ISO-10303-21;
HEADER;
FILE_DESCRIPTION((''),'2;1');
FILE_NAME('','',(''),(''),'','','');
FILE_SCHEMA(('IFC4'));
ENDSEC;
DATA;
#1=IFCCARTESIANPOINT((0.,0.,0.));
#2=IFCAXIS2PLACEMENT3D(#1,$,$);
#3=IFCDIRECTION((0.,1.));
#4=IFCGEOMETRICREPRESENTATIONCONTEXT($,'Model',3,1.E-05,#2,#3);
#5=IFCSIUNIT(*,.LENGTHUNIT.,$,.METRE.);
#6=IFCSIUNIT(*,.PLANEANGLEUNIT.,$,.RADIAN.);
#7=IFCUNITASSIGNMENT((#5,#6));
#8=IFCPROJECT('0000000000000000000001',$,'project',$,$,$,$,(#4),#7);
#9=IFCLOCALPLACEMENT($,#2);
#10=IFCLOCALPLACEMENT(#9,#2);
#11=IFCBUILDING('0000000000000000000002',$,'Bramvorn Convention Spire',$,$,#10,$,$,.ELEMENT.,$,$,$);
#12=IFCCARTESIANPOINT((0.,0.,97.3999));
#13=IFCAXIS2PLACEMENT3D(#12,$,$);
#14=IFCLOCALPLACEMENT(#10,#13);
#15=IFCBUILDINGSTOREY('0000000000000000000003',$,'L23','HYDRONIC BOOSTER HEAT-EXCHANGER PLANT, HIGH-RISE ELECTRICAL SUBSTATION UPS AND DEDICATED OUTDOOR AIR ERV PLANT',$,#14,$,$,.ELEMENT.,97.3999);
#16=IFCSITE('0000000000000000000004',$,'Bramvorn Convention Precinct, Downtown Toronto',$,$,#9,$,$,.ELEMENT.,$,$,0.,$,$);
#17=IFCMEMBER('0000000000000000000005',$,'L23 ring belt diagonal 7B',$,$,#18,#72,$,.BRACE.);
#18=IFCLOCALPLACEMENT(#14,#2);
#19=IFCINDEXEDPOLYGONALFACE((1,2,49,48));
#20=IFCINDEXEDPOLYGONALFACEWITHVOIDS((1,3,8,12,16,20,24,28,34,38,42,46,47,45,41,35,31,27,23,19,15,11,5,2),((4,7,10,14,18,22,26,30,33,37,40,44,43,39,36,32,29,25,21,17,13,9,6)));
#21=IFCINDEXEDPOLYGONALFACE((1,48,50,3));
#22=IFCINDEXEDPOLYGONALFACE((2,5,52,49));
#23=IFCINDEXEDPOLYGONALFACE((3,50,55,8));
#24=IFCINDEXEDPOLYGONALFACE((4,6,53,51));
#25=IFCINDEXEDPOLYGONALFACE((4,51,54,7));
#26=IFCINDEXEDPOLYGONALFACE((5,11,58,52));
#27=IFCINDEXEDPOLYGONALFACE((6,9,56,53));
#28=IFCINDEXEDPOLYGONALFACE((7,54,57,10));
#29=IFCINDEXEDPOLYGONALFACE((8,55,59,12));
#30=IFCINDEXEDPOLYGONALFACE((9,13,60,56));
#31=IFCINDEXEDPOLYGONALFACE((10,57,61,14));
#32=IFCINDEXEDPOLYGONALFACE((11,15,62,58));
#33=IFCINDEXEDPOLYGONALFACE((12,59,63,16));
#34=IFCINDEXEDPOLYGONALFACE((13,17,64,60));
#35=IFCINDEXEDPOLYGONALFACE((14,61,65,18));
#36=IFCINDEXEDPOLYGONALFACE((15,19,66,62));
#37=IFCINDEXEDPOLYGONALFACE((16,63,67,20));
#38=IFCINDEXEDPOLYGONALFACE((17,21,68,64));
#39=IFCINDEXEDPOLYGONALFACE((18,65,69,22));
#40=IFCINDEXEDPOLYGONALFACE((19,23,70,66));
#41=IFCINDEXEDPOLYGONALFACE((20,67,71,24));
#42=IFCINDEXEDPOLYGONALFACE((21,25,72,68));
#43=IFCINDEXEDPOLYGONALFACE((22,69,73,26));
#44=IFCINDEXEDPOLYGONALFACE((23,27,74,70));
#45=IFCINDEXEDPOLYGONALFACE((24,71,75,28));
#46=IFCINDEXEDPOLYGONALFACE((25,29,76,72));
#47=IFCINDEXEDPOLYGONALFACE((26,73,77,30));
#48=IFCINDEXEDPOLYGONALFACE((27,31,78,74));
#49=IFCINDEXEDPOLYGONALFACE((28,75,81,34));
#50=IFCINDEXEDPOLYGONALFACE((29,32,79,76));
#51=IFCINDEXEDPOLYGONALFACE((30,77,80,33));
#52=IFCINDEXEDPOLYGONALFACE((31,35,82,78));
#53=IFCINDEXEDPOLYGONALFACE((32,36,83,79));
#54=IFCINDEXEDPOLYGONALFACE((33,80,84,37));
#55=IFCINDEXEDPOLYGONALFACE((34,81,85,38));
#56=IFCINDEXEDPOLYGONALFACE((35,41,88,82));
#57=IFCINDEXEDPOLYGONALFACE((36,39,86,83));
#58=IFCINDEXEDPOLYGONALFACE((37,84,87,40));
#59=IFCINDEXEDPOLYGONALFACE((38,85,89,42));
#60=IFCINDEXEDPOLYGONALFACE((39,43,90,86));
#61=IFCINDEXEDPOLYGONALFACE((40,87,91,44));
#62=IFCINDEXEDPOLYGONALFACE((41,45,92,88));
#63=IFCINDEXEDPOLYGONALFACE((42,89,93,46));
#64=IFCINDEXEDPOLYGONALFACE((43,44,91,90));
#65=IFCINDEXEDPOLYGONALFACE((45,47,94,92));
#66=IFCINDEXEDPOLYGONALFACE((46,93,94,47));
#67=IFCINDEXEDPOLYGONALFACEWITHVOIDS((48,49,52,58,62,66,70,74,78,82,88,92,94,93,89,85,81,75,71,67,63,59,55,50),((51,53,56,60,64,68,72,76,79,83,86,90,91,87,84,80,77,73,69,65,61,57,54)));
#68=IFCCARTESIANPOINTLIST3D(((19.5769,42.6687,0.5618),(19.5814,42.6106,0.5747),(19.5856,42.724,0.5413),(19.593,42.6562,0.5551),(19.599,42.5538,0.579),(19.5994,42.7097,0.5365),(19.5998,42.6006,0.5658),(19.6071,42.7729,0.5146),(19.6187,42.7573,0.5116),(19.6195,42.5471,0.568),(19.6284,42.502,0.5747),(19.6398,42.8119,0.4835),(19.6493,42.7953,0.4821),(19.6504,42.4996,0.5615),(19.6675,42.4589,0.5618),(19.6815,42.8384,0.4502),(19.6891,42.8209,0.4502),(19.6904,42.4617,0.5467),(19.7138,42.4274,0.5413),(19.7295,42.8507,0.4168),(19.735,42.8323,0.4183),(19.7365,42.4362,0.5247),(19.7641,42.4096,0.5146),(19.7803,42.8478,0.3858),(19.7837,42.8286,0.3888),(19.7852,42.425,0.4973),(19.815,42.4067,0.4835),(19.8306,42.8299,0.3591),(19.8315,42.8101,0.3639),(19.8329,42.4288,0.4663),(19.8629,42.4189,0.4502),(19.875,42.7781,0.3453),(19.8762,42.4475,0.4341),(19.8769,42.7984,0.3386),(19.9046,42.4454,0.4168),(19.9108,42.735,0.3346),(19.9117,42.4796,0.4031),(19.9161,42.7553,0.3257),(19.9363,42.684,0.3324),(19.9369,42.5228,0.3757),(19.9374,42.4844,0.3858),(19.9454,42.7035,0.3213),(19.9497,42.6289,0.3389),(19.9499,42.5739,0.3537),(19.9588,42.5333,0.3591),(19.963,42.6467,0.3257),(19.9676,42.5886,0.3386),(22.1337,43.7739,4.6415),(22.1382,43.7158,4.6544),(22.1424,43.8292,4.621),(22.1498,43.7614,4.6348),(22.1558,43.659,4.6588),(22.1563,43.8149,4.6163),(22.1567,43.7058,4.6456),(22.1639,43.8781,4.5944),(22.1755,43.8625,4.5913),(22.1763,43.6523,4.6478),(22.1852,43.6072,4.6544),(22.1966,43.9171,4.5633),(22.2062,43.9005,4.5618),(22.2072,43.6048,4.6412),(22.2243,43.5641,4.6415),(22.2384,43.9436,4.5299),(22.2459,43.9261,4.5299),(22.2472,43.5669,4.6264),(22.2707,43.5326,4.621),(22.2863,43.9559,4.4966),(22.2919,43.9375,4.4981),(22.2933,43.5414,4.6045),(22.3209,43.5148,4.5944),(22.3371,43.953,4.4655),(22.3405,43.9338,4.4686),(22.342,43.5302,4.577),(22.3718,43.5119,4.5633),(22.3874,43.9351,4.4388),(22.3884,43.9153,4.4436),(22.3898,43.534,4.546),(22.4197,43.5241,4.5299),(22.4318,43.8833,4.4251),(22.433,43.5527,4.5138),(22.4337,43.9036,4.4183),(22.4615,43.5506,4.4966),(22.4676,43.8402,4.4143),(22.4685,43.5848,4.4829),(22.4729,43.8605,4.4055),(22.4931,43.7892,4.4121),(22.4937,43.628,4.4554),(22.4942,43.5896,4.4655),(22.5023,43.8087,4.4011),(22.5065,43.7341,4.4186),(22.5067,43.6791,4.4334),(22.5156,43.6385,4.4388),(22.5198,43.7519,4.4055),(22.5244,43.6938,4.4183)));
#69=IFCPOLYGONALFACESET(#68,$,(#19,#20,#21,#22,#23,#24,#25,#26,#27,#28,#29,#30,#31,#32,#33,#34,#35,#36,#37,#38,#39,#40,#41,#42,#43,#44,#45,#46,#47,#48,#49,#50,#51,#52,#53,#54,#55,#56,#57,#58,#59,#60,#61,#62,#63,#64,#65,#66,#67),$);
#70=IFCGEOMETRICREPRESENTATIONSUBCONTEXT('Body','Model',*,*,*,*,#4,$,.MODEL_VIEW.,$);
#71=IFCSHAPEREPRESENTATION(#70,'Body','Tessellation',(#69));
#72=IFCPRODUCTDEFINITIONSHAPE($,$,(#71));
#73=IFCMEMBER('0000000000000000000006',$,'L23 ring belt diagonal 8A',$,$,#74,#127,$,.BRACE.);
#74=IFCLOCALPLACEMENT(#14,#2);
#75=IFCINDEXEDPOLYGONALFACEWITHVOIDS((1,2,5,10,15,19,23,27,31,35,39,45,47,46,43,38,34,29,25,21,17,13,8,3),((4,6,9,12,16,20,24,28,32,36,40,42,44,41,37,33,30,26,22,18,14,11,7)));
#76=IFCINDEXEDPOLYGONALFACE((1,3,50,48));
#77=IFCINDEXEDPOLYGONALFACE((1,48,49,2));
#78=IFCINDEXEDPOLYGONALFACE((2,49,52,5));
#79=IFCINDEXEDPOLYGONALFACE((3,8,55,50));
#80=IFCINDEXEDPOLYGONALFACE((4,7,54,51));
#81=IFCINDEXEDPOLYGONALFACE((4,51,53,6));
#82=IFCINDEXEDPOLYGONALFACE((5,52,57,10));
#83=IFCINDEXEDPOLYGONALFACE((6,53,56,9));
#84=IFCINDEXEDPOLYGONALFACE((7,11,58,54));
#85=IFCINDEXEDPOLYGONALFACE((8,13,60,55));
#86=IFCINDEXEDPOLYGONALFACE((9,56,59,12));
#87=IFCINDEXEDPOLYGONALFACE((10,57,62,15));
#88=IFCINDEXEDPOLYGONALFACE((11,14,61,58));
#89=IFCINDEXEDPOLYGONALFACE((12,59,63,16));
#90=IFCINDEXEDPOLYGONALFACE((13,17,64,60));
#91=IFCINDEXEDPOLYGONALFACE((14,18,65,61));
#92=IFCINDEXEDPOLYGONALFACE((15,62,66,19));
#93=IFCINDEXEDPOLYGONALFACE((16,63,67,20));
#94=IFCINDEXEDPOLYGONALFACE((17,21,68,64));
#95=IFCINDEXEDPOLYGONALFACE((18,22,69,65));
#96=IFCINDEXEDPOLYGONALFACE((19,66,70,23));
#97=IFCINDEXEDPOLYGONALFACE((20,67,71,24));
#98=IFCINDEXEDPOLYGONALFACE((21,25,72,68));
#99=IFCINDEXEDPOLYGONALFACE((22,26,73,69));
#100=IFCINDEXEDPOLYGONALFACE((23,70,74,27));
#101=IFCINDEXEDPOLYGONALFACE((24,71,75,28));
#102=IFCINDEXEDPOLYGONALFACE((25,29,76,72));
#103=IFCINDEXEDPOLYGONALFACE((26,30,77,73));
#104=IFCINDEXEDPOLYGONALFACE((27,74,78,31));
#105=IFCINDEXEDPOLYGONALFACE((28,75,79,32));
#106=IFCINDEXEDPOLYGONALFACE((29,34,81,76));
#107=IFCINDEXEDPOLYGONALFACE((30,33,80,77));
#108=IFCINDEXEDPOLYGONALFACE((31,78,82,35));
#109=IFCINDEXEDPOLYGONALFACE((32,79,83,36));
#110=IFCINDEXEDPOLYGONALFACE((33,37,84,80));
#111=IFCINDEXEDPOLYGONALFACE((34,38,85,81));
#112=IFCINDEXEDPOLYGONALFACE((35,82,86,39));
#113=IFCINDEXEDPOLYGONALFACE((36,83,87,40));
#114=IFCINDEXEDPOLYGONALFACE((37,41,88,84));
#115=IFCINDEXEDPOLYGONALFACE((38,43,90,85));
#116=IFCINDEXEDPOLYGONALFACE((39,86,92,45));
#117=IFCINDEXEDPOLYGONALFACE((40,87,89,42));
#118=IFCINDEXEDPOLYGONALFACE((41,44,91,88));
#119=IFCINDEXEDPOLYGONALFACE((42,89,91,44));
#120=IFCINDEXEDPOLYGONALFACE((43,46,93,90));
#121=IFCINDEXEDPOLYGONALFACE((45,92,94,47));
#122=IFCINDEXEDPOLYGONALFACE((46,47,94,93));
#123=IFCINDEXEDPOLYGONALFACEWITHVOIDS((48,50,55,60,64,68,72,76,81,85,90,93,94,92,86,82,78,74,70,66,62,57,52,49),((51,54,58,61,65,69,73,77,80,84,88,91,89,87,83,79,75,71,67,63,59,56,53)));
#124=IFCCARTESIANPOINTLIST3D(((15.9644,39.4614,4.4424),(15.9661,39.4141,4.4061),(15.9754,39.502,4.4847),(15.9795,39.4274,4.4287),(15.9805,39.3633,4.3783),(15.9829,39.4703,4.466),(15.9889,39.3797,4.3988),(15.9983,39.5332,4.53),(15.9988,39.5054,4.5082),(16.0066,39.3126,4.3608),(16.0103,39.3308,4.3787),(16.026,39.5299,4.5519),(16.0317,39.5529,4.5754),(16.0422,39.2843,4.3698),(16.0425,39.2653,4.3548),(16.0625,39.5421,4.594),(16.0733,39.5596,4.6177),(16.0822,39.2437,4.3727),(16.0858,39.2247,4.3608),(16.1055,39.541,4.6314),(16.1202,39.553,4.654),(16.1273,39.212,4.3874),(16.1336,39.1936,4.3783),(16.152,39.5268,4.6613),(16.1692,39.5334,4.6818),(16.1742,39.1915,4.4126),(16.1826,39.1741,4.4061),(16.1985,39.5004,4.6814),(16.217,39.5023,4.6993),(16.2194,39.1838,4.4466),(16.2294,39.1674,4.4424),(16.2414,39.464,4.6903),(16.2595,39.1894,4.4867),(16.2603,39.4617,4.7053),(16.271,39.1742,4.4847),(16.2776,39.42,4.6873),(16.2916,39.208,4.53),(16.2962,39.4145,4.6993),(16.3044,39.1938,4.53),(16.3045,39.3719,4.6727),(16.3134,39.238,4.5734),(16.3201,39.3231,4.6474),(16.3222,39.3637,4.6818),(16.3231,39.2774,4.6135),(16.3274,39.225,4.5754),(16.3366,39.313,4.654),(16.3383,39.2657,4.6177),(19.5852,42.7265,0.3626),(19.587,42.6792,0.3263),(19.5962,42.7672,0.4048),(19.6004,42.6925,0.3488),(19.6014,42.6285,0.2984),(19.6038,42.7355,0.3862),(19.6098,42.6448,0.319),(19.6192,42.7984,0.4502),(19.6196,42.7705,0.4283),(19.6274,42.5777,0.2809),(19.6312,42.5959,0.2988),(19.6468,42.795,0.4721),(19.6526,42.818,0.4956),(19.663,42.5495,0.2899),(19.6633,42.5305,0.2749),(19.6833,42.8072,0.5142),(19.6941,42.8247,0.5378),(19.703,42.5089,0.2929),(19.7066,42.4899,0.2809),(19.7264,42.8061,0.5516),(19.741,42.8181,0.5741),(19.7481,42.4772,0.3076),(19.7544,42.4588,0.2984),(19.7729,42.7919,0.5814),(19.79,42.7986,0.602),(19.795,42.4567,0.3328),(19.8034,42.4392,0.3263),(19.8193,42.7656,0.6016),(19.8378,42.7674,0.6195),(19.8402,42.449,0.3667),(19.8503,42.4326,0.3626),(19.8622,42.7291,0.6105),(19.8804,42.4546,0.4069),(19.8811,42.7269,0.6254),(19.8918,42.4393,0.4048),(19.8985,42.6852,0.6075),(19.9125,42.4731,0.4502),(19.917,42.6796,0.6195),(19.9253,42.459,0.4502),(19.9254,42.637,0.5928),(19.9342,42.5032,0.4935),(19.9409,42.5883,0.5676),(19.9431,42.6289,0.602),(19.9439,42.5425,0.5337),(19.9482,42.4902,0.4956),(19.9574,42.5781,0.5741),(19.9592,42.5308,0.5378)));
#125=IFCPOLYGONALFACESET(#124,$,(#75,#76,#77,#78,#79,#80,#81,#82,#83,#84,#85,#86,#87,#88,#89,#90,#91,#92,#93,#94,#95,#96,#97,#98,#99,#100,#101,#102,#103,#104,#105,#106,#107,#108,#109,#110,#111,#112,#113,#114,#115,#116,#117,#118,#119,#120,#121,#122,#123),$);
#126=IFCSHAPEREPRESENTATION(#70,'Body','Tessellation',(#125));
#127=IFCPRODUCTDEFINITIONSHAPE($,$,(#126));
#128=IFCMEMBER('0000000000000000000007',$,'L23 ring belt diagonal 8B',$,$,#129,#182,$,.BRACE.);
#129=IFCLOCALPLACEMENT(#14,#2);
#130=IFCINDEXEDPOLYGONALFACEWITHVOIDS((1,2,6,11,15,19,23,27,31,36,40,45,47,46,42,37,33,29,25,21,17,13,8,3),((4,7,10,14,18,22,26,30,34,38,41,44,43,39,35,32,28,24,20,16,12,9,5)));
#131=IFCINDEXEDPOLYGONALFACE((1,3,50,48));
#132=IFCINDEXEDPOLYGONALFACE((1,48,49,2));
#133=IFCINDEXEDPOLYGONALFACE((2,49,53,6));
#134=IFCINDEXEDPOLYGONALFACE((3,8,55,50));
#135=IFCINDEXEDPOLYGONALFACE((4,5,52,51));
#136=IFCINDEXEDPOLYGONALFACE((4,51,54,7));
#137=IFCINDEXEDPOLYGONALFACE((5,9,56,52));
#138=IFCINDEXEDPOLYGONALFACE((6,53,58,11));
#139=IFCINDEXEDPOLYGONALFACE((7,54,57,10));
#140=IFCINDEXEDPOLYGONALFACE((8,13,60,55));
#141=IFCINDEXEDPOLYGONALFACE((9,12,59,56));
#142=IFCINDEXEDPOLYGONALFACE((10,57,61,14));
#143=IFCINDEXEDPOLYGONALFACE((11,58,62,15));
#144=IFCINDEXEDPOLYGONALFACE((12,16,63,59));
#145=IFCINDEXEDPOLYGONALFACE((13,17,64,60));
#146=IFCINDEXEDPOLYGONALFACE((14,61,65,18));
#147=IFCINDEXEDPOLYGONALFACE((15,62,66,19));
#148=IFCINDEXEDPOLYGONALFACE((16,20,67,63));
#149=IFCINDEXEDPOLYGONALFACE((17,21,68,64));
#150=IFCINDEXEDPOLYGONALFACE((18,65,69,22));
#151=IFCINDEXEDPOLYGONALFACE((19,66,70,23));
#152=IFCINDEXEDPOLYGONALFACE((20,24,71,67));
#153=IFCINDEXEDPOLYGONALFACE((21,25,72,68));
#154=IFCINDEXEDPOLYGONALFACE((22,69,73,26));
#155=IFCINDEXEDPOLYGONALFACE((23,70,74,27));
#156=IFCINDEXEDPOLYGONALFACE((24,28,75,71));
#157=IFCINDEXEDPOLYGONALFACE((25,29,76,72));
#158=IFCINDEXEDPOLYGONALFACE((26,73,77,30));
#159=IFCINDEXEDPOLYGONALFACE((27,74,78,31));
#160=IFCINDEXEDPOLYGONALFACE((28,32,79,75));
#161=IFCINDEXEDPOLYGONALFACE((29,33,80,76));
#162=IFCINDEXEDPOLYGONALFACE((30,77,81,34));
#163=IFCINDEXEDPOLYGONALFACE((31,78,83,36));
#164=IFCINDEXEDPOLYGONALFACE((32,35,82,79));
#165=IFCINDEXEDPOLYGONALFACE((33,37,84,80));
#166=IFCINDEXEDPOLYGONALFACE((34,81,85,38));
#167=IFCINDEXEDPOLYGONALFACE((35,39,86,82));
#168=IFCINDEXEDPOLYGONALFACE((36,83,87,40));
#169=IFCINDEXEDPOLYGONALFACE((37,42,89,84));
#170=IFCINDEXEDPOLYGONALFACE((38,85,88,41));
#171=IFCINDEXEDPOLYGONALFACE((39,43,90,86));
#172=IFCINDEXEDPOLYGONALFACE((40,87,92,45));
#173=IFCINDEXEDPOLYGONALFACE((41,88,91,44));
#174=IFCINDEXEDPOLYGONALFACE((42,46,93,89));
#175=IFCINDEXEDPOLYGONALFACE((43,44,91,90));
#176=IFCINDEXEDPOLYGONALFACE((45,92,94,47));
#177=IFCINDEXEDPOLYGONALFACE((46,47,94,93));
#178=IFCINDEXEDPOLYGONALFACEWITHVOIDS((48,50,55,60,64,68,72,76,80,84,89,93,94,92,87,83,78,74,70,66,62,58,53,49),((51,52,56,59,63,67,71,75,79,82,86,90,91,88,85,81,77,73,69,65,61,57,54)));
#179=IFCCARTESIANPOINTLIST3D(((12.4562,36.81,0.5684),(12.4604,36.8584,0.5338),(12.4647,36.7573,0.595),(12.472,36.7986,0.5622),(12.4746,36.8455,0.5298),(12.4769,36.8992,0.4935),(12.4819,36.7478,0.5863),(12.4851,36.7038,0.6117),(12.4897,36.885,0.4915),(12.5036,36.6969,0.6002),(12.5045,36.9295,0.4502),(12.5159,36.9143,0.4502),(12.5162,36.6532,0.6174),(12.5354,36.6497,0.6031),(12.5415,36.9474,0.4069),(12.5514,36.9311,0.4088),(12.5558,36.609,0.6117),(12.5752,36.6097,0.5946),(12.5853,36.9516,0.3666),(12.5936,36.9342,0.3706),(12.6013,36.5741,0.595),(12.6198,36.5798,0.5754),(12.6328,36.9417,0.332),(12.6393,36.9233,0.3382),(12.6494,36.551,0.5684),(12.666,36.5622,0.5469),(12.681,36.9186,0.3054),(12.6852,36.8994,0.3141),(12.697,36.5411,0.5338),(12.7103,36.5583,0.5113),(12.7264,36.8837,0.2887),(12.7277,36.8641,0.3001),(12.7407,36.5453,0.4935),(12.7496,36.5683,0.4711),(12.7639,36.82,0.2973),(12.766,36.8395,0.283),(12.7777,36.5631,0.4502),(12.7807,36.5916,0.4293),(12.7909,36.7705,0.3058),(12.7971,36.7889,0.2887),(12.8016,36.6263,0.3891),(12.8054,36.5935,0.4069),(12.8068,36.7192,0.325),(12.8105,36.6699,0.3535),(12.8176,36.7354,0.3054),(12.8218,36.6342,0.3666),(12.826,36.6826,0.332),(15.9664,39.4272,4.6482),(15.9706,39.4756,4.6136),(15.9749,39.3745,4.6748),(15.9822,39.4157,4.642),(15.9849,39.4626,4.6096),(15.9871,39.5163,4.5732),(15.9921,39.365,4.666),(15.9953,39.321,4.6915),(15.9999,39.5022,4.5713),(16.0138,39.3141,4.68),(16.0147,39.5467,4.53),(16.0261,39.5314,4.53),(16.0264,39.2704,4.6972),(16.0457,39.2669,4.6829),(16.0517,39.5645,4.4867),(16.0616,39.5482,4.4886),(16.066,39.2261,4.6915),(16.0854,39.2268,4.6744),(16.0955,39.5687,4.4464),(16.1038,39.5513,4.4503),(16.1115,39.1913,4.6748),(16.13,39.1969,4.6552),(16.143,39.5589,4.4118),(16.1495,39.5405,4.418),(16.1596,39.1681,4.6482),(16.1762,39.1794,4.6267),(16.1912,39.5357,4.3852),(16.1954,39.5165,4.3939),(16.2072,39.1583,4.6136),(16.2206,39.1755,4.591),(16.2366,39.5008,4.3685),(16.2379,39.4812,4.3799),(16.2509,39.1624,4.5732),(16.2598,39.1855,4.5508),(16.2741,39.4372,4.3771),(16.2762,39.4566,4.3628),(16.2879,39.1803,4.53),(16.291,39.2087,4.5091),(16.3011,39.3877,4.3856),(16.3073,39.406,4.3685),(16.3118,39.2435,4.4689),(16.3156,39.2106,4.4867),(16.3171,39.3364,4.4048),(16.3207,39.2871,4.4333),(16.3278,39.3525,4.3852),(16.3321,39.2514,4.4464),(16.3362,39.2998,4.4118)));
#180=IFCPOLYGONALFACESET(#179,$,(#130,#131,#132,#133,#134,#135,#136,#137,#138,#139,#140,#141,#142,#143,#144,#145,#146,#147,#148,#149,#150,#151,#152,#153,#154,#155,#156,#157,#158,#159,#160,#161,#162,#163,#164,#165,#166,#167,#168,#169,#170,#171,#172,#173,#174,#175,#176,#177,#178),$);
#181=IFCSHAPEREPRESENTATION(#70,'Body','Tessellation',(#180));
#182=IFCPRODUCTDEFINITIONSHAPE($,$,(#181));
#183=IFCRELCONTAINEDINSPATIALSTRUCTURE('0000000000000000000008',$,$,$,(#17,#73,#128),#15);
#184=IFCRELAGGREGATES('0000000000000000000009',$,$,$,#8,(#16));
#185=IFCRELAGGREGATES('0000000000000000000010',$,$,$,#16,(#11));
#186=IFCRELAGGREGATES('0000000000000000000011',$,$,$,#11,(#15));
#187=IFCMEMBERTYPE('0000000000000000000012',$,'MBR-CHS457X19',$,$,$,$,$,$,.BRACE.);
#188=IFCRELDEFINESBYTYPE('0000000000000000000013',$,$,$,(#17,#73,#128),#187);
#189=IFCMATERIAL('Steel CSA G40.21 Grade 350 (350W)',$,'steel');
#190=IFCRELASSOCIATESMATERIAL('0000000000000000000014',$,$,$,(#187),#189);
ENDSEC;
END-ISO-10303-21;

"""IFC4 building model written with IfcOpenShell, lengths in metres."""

from ifc_helpers import new_model, si_unit, direction, frame, origin, origin_2d, place, context, subcontext, project, spatial, hollow_circle, extrude, material, material_profile, profile_set, type_object, element, save


model = new_model("IFC4")

# Units and contexts
model_context = context("Model", 3, precision=1e-05, world=origin(), true_north=direction((0.0, 1.0)))
body_context = subcontext(model_context, "Body", "Model", "MODEL_VIEW")
ifc_project = project(units=[si_unit("LENGTHUNIT", "METRE"), si_unit("PLANEANGLEUNIT", "RADIAN")], contexts=[model_context])

# Site, building, storey
site_placement = place(None, origin())
site = spatial("IfcSite", under=ifc_project, at=site_placement, Name="Bramvorn Convention Precinct, Downtown Toronto", CompositionType="ELEMENT", RefElevation=0.0)
building_placement = place(site_placement, origin())
building = spatial("IfcBuilding", under=site, at=building_placement, Name="Bramvorn Convention Spire", CompositionType="ELEMENT")
storey_placement = place(building_placement, frame((0.0, 0.0, 97.3999)))
storey = spatial("IfcBuildingStorey", under=building, at=storey_placement, Name="L23", Description="HYDRONIC BOOSTER HEAT-EXCHANGER PLANT, HIGH-RISE ELECTRICAL SUBSTATION UPS AND DEDICATED OUTDOOR AIR ERV PLANT", CompositionType="ELEMENT", Elevation=97.3999)

# Shared definitions
ifc_material_1 = material(Name="Steel CSA G40.21 Grade 350 (350W)", Category="steel")

# Members
ifc_material_profile_1 = material_profile(ifc_material_1, hollow_circle(Radius=0.2285, WallThickness=0.019, at=origin_2d()))
ifc_profile_set_1 = profile_set([ifc_material_profile_1], Name="Steel CSA G40.21 Grade 350 (350W) - CHS457X19")
member_type_1 = type_object("IfcMemberType", Name="MBR-CHS457X19", PredefinedType="BRACE", material=ifc_profile_set_1)
member_1_placement = place(storey_placement, frame((19.7722, 42.6287, 0.4502), z_axis=(0.517581, 0.223727, 0.825867), x_axis=(-0.396773, 0.917917, 0.0)))
element("IfcMember", 1, at=member_1_placement, inside=storey, type_object=member_type_1, Name="L23 ring belt diagonal 7B", PredefinedType="BRACE", context=body_context, shape_type="SweptSolid", body=[
    extrude(hollow_circle(Radius=0.2285, WallThickness=0.019, at=origin_2d()), origin(), (0.0, 0.0, 1.0), 4.9399),
])
member_2_placement = place(storey_placement, frame((19.7722, 42.6287, 0.4502), z_axis=(-0.569548, -0.513595, 0.641744), x_axis=(0.669686, -0.742644, 0.0)))
element("IfcMember", 2, at=member_2_placement, inside=storey, type_object=member_type_1, Name="L23 ring belt diagonal 8A", PredefinedType="BRACE", context=body_context, shape_type="SweptSolid", body=[
    extrude(hollow_circle(Radius=0.2285, WallThickness=0.019, at=origin_2d()), origin(), (0.0, 0.0, 1.0), 6.3574),
])
member_3_placement = place(storey_placement, frame((12.6411, 36.7463, 0.4502), z_axis=(0.586538, 0.437313, 0.681711), x_axis=(-0.597732, 0.801696, 0.0)))
element("IfcMember", 3, at=member_3_placement, inside=storey, type_object=member_type_1, Name="L23 ring belt diagonal 8B", PredefinedType="BRACE", context=body_context, shape_type="SweptSolid", body=[
    extrude(hollow_circle(Radius=0.2285, WallThickness=0.019, at=origin_2d()), origin(), (0.0, 0.0, 1.0), 5.9846),
])

save(model, "model.ifc")
